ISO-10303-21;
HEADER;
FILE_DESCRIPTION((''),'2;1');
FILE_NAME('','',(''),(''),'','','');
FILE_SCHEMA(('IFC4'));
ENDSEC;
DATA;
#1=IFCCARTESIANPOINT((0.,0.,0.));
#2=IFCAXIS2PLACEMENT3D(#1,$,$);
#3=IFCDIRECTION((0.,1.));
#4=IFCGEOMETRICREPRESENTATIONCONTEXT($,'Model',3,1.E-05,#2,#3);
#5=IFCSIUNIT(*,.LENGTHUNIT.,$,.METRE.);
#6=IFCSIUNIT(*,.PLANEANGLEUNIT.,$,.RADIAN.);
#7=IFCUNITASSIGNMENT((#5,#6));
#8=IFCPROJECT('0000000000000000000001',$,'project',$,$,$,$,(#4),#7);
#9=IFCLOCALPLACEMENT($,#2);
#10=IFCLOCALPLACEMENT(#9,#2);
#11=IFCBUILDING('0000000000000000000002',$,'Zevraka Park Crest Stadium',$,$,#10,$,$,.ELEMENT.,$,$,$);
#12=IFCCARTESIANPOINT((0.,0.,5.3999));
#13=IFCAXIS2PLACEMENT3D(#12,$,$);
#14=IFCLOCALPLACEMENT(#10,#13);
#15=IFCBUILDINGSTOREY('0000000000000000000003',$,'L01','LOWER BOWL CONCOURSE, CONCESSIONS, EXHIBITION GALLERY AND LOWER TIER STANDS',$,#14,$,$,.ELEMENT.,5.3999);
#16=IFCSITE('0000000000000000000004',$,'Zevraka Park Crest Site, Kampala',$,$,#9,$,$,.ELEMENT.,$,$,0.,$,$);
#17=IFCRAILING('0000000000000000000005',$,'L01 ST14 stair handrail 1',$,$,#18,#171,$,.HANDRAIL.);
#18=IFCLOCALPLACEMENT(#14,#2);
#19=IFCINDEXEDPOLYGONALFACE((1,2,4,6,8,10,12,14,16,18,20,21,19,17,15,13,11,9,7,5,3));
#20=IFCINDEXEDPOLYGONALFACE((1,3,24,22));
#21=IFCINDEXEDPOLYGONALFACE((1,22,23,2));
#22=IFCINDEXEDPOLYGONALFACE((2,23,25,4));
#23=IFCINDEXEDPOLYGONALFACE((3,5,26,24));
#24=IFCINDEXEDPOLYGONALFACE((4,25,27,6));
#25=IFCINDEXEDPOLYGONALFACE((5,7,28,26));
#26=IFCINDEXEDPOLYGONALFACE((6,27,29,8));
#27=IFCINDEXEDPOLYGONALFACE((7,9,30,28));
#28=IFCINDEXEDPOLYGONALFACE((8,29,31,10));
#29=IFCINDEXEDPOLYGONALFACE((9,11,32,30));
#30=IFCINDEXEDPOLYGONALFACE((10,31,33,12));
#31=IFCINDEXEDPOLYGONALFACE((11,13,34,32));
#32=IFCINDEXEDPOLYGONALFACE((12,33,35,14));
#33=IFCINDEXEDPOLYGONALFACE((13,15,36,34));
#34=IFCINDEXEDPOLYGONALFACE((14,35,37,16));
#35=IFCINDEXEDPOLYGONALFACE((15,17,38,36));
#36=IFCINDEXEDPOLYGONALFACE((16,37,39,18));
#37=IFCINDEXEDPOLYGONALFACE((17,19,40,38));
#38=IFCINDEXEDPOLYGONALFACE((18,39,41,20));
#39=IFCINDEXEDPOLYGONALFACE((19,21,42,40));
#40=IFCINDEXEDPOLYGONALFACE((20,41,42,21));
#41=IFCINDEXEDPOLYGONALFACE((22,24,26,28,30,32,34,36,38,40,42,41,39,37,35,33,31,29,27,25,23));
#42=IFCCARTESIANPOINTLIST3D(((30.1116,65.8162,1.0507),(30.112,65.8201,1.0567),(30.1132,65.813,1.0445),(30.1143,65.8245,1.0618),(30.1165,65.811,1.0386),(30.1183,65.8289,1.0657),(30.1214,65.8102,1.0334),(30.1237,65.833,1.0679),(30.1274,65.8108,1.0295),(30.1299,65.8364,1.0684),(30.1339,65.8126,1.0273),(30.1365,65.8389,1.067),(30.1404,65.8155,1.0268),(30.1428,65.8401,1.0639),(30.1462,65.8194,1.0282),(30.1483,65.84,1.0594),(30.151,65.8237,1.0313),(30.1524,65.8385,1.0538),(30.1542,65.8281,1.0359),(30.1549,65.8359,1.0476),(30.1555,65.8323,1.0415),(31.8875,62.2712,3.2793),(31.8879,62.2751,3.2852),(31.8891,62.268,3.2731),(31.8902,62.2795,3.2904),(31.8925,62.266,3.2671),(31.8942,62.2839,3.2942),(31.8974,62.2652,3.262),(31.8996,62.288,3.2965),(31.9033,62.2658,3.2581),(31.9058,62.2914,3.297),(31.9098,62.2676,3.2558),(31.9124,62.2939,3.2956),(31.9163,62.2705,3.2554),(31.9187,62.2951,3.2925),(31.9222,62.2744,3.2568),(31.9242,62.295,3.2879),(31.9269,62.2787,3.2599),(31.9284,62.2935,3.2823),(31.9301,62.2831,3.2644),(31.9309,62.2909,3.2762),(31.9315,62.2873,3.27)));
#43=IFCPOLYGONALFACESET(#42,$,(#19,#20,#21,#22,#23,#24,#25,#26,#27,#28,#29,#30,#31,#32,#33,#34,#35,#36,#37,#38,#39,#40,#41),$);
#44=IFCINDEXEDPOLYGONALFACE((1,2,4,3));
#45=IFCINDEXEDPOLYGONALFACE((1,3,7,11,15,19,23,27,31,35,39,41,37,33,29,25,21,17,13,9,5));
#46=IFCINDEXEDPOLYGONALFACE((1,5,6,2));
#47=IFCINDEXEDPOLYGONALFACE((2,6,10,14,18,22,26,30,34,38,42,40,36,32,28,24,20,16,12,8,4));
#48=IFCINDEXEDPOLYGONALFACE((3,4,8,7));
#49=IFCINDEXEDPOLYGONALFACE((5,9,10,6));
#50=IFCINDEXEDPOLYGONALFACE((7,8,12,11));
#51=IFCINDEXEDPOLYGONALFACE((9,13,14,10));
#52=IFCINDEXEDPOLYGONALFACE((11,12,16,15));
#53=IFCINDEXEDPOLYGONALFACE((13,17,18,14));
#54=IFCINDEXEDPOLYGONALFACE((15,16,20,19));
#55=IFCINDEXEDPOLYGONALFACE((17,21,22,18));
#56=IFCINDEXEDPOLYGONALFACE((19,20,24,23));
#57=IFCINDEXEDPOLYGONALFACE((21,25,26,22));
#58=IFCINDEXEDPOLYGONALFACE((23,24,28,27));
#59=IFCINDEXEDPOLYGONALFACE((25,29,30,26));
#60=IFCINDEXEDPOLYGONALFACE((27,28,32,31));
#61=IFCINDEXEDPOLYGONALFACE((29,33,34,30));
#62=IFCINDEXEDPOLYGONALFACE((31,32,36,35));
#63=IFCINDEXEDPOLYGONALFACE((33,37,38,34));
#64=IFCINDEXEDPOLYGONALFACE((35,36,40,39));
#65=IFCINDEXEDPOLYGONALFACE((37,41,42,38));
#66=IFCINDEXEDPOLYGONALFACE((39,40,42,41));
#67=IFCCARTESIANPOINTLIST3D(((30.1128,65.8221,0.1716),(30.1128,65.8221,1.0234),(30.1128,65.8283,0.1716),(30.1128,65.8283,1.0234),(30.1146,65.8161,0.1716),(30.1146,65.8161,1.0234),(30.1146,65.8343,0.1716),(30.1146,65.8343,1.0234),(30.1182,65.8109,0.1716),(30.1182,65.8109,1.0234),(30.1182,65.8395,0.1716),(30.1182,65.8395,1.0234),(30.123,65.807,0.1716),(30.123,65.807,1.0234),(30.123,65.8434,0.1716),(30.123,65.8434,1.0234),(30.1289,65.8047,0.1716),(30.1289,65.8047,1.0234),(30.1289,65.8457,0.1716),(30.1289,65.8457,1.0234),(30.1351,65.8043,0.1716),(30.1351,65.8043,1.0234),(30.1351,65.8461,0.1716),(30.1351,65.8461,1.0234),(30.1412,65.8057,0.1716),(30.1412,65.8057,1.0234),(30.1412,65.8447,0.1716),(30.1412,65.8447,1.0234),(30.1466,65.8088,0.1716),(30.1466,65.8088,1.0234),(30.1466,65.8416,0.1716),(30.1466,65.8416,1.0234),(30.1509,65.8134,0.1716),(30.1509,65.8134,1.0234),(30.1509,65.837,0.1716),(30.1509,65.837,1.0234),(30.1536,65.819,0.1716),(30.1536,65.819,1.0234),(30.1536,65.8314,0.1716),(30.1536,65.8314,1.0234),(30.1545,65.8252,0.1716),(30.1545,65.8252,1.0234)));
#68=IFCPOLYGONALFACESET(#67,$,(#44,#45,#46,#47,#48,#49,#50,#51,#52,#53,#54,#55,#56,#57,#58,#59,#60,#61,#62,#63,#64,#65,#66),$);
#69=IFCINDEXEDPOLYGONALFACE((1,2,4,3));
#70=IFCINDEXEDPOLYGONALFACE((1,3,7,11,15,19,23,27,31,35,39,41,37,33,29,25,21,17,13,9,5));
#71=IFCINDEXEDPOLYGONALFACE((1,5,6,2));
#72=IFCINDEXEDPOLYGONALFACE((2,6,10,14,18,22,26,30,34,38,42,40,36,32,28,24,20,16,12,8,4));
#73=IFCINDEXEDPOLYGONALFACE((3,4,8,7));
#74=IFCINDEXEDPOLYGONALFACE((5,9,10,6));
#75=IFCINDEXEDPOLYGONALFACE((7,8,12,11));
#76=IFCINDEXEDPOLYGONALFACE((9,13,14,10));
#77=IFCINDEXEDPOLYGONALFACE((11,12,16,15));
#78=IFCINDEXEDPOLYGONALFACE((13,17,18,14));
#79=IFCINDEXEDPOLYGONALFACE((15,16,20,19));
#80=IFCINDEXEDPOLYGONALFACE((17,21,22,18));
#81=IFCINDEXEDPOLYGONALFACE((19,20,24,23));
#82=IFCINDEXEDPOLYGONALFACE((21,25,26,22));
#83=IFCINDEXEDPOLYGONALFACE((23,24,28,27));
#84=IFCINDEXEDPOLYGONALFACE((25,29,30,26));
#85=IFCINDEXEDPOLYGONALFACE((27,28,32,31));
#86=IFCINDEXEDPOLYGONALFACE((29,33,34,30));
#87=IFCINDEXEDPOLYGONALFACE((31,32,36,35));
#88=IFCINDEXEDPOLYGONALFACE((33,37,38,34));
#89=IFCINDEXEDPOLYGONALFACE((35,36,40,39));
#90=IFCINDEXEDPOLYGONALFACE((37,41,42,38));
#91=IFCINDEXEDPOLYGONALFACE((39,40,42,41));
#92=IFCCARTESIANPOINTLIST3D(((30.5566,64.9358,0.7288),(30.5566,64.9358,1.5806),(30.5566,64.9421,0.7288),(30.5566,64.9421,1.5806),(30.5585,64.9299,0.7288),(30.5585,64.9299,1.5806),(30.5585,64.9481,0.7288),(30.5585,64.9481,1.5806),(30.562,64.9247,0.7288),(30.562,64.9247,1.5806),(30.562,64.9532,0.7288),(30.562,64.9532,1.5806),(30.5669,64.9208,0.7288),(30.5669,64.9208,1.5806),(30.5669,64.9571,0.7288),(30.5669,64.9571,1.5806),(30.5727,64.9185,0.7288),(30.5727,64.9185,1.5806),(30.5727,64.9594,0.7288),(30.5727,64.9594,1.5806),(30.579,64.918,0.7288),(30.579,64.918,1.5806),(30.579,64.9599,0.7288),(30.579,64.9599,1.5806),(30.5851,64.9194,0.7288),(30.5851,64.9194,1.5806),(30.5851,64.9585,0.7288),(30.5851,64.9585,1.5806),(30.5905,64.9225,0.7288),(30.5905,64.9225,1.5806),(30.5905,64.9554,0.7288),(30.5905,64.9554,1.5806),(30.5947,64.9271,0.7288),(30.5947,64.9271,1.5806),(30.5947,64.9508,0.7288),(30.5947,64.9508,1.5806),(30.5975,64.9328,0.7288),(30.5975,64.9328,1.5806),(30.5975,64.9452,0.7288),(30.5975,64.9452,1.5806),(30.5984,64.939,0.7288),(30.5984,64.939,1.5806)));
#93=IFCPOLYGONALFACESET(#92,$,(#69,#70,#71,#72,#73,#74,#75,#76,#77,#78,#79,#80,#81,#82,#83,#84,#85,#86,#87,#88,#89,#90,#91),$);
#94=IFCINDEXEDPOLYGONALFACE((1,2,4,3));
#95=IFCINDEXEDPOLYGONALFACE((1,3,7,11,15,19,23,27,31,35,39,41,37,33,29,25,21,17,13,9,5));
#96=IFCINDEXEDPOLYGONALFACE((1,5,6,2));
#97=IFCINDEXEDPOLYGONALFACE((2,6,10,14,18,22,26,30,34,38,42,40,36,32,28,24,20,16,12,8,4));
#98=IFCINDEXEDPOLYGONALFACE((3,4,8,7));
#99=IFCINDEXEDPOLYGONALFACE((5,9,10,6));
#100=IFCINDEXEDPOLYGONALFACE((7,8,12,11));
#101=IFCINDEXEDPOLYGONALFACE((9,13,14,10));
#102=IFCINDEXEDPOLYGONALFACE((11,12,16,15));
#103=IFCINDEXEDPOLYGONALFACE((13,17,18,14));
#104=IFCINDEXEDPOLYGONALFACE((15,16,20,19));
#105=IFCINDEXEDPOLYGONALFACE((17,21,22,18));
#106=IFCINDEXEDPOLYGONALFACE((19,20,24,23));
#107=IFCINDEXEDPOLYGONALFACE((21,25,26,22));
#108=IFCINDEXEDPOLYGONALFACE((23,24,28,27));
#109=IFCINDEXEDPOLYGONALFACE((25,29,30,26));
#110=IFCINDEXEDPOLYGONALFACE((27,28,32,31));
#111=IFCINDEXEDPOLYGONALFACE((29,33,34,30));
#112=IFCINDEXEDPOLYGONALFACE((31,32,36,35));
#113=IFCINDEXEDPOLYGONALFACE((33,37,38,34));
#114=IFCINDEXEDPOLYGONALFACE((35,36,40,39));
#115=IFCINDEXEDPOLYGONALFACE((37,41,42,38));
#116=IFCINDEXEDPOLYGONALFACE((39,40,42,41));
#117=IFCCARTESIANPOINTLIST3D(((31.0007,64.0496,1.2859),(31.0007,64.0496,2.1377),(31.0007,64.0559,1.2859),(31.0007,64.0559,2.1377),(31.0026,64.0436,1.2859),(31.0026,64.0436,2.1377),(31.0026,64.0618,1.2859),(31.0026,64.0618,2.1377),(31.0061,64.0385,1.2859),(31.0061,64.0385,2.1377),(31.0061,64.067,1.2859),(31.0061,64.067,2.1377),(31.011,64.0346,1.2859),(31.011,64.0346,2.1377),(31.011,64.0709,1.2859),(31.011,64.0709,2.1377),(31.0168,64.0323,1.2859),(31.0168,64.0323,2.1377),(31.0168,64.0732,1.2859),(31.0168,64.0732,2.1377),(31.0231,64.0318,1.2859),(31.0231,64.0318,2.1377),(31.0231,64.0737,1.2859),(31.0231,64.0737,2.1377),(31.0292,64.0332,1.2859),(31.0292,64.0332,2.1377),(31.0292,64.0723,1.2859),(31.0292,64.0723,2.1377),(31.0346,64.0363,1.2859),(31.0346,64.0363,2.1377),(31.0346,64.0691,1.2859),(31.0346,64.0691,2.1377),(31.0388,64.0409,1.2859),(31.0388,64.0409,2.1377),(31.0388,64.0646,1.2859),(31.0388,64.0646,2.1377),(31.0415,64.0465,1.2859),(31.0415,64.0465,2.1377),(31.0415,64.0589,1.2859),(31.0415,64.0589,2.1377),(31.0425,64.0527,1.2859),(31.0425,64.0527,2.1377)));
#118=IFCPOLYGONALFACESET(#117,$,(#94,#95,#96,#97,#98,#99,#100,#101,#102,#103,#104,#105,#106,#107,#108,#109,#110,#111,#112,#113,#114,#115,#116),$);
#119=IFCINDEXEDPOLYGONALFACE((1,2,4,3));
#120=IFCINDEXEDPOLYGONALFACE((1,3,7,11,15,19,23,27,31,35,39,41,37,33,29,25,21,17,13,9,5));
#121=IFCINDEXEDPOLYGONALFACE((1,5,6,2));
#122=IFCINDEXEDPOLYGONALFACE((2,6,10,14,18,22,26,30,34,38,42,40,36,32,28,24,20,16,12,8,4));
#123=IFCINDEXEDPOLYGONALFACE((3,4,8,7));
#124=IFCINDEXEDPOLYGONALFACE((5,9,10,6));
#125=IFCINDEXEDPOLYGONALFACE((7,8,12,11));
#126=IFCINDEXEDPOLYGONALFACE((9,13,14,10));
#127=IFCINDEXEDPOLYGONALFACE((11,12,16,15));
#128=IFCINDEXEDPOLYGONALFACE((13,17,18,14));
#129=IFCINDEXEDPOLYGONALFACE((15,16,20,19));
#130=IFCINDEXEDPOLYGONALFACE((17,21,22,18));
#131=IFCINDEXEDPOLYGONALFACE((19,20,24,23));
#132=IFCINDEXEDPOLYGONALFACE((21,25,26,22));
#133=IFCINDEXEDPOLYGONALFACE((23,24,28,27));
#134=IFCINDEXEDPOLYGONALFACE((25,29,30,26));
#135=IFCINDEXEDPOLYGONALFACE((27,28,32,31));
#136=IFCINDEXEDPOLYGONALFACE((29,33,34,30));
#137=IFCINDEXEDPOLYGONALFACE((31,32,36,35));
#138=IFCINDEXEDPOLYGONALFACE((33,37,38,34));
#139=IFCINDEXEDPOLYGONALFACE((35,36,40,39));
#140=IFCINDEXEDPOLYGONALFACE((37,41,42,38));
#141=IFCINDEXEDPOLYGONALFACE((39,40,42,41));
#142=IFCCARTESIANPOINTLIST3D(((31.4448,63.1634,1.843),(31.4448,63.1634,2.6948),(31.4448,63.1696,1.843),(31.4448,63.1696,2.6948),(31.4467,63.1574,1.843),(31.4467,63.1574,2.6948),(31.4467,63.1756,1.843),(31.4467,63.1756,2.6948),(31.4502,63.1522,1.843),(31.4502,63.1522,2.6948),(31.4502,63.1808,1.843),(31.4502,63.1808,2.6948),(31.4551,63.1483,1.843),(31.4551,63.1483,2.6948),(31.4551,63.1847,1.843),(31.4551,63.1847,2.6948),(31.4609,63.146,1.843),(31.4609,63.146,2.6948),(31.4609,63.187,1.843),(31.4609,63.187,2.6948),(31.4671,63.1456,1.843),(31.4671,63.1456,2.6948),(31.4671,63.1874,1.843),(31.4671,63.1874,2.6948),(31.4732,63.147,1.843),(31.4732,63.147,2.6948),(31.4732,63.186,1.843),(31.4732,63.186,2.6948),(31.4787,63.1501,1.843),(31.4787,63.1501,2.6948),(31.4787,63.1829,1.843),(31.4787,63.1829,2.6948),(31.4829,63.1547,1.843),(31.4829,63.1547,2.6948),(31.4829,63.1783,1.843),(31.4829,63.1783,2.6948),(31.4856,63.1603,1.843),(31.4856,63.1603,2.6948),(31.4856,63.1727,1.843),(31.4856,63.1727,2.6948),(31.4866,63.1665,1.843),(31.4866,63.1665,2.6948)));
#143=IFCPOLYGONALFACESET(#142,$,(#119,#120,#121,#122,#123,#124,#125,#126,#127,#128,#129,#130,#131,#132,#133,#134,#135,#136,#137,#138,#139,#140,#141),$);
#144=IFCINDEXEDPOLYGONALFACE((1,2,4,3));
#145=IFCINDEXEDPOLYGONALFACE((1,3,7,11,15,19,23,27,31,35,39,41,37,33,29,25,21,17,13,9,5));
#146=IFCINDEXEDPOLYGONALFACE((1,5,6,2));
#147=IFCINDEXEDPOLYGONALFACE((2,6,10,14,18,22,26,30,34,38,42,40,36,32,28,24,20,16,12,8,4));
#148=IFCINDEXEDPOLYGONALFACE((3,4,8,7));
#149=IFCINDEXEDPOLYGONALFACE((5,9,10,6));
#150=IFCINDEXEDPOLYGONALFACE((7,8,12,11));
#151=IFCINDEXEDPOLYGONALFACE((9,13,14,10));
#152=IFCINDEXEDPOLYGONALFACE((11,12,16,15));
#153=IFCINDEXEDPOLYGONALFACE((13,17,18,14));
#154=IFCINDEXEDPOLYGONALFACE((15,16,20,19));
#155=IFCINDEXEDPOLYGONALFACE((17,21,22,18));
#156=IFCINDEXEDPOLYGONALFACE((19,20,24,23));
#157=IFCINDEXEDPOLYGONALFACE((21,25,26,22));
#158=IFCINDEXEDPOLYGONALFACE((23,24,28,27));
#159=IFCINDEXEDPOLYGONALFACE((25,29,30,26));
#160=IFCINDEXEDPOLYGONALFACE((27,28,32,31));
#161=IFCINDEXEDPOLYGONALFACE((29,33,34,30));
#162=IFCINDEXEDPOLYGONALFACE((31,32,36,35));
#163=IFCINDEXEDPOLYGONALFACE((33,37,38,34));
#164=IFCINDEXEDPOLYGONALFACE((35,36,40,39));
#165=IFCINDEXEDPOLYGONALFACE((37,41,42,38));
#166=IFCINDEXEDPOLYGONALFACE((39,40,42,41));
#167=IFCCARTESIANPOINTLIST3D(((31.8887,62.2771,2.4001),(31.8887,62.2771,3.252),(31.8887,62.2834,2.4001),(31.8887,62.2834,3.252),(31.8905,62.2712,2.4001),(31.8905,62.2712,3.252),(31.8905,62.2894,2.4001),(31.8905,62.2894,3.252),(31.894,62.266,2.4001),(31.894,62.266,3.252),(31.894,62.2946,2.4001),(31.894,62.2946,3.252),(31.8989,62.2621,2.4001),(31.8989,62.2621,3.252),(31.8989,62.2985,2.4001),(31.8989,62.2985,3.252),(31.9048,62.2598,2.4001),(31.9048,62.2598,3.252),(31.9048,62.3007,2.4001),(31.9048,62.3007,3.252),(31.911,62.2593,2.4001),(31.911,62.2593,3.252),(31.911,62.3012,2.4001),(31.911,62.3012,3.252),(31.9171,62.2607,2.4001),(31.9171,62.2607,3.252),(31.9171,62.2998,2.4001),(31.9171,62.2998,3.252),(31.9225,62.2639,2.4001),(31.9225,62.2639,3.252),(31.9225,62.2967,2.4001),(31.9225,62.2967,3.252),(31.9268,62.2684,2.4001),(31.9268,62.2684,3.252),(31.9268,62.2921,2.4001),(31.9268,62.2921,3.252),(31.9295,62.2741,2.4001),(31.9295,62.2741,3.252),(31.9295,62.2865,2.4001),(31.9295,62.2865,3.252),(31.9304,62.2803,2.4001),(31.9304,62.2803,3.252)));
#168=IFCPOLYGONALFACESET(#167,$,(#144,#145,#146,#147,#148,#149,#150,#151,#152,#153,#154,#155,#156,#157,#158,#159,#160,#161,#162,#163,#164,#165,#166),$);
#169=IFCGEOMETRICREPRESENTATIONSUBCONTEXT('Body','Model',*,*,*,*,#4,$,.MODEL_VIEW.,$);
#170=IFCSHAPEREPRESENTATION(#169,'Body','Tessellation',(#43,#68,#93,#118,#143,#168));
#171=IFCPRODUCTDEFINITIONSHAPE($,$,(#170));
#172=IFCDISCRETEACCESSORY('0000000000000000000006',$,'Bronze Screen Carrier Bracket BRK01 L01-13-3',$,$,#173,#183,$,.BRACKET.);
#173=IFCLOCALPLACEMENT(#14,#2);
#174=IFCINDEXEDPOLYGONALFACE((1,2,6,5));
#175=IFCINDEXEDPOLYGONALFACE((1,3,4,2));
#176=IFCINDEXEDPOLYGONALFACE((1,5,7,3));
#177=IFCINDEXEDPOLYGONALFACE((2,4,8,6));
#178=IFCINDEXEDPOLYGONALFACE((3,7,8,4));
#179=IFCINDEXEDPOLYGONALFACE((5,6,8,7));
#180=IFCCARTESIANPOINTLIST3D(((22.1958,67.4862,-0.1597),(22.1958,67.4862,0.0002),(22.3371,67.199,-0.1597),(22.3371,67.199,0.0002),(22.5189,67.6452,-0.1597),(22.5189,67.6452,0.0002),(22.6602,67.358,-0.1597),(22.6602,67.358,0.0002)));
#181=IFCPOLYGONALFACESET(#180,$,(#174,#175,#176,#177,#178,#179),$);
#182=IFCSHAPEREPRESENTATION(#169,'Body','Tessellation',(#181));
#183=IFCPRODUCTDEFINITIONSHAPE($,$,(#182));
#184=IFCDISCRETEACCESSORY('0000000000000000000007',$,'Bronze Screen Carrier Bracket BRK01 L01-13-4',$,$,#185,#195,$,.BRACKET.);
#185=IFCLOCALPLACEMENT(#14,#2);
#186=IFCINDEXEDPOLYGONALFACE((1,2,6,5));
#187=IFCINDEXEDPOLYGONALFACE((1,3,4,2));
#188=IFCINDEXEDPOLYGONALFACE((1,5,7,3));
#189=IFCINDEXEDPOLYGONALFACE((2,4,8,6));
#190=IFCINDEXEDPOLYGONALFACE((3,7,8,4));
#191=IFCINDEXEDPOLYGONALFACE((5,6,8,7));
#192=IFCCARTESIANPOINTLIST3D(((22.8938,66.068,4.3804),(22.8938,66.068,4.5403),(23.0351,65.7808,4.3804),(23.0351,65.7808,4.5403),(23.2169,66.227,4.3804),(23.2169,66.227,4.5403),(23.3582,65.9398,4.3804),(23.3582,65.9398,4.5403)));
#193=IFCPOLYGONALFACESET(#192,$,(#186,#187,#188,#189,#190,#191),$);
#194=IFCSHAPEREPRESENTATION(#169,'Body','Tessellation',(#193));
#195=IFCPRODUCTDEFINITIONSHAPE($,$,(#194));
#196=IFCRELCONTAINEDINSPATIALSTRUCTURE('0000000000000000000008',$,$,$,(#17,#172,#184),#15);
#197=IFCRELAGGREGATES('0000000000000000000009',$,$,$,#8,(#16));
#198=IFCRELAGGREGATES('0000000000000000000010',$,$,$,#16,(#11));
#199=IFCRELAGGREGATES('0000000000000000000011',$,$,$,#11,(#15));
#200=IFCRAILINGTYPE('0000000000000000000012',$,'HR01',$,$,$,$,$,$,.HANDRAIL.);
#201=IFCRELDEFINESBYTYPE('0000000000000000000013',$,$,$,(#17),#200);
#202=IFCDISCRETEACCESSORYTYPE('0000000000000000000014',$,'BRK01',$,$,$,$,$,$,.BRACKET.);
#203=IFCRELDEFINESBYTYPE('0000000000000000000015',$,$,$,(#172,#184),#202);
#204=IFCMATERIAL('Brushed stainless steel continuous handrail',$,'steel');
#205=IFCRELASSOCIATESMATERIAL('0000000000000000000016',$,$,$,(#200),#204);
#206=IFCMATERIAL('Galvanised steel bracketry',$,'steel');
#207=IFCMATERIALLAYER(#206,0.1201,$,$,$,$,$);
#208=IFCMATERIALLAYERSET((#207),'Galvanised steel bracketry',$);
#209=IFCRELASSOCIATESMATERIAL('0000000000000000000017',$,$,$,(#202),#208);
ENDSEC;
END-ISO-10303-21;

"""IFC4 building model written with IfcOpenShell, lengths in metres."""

from ifc_helpers import new_model, si_unit, direction, frame, origin, origin_2d, place, context, subcontext, project, spatial, rectangle, circle, extrude, material, layer, layer_set, type_object, element, save


model = new_model("IFC4")

# Units and contexts
model_context = context("Model", 3, precision=1e-05, world=origin(), true_north=direction((0.0, 1.0)))
body_context = subcontext(model_context, "Body", "Model", "MODEL_VIEW")
ifc_project = project(units=[si_unit("LENGTHUNIT", "METRE"), si_unit("PLANEANGLEUNIT", "RADIAN")], contexts=[model_context])

# Site, building, storey
site_placement = place(None, origin())
site = spatial("IfcSite", under=ifc_project, at=site_placement, Name="Zevraka Park Crest Site, Kampala", CompositionType="ELEMENT", RefElevation=0.0)
building_placement = place(site_placement, origin())
building = spatial("IfcBuilding", under=site, at=building_placement, Name="Zevraka Park Crest Stadium", CompositionType="ELEMENT")
storey_placement = place(building_placement, frame((0.0, 0.0, 5.3999)))
storey = spatial("IfcBuildingStorey", under=building, at=storey_placement, Name="L01", Description="LOWER BOWL CONCOURSE, CONCESSIONS, EXHIBITION GALLERY AND LOWER TIER STANDS", CompositionType="ELEMENT", Elevation=5.3999)

# Railing
ifc_material_1 = material(Name="Brushed stainless steel continuous handrail", Category="steel")
railing_type_1 = type_object("IfcRailingType", Name="HR01", PredefinedType="HANDRAIL", material=ifc_material_1)
railing_1_placement = place(storey_placement, frame((30.1335, 65.8252, 0.1716)))
element("IfcRailing", 1, at=railing_1_placement, inside=storey, type_object=railing_type_1, Name="L01 ST14 stair handrail 1", PredefinedType="HANDRAIL", context=body_context, shape_type="SweptSolid", body=[
    extrude(circle(Radius=0.0239, at=origin_2d()), frame((0.0, 0.0, 0.876), z_axis=(0.390454, -0.779405, 0.489973), x_axis=(0.894082, 0.447903, 0.0)), (0.0, 0.0, 1.0), 4.5483),
    extrude(circle(Radius=0.021, at=origin_2d()), origin(), (0.0, 0.0, 1.0), 0.8518),
    extrude(circle(Radius=0.021, at=origin_2d()), frame((0.4438, -0.8862, 0.5571)), (0.0, 0.0, 1.0), 0.8518),
    extrude(circle(Radius=0.021, at=origin_2d()), frame((0.8879, -1.7725, 1.1143)), (0.0, 0.0, 1.0), 0.8518),
    extrude(circle(Radius=0.021, at=origin_2d()), frame((1.332, -2.6587, 1.6714)), (0.0, 0.0, 1.0), 0.8518),
    extrude(circle(Radius=0.021, at=origin_2d()), frame((1.7759, -3.5449, 2.2285)), (0.0, 0.0, 1.0), 0.8518),
])

# Discrete accessories
ifc_material_2 = material(Name="Galvanised steel bracketry", Category="steel")
ifc_layer_1 = layer(ifc_material_2, 0.1201)
ifc_layer_set_1 = layer_set([ifc_layer_1], Name="Galvanised steel bracketry")
discrete_accessory_type = type_object("IfcDiscreteAccessoryType", Name="BRK01", PredefinedType="BRACKET", material=ifc_layer_set_1)
for number, where, z_axis, x_axis, name in (
    (2, (22.428, 67.4221, -0.1597), (0.0, 0.0, 1.0), (0.441506, -0.897258, 0.0), "Bronze Screen Carrier Bracket BRK01 L01-13-3"),
    (3, (23.126, 66.0039, 4.3804), (0.0, 0.0, 1.0), (0.441506, -0.897258, 0.0), "Bronze Screen Carrier Bracket BRK01 L01-13-4"),
):
    element("IfcDiscreteAccessory", number, at=place(storey_placement, frame(where, z_axis=z_axis, x_axis=x_axis)), inside=storey, type_object=discrete_accessory_type, Name=name, PredefinedType="BRACKET", context=body_context, shape_type="SweptSolid", body=[
        extrude(rectangle(XDim=0.3201, YDim=0.3601, at=origin_2d()), origin(), (0.0, 0.0, 1.0), 0.1599),
    ])

save(model, "model.ifc")
